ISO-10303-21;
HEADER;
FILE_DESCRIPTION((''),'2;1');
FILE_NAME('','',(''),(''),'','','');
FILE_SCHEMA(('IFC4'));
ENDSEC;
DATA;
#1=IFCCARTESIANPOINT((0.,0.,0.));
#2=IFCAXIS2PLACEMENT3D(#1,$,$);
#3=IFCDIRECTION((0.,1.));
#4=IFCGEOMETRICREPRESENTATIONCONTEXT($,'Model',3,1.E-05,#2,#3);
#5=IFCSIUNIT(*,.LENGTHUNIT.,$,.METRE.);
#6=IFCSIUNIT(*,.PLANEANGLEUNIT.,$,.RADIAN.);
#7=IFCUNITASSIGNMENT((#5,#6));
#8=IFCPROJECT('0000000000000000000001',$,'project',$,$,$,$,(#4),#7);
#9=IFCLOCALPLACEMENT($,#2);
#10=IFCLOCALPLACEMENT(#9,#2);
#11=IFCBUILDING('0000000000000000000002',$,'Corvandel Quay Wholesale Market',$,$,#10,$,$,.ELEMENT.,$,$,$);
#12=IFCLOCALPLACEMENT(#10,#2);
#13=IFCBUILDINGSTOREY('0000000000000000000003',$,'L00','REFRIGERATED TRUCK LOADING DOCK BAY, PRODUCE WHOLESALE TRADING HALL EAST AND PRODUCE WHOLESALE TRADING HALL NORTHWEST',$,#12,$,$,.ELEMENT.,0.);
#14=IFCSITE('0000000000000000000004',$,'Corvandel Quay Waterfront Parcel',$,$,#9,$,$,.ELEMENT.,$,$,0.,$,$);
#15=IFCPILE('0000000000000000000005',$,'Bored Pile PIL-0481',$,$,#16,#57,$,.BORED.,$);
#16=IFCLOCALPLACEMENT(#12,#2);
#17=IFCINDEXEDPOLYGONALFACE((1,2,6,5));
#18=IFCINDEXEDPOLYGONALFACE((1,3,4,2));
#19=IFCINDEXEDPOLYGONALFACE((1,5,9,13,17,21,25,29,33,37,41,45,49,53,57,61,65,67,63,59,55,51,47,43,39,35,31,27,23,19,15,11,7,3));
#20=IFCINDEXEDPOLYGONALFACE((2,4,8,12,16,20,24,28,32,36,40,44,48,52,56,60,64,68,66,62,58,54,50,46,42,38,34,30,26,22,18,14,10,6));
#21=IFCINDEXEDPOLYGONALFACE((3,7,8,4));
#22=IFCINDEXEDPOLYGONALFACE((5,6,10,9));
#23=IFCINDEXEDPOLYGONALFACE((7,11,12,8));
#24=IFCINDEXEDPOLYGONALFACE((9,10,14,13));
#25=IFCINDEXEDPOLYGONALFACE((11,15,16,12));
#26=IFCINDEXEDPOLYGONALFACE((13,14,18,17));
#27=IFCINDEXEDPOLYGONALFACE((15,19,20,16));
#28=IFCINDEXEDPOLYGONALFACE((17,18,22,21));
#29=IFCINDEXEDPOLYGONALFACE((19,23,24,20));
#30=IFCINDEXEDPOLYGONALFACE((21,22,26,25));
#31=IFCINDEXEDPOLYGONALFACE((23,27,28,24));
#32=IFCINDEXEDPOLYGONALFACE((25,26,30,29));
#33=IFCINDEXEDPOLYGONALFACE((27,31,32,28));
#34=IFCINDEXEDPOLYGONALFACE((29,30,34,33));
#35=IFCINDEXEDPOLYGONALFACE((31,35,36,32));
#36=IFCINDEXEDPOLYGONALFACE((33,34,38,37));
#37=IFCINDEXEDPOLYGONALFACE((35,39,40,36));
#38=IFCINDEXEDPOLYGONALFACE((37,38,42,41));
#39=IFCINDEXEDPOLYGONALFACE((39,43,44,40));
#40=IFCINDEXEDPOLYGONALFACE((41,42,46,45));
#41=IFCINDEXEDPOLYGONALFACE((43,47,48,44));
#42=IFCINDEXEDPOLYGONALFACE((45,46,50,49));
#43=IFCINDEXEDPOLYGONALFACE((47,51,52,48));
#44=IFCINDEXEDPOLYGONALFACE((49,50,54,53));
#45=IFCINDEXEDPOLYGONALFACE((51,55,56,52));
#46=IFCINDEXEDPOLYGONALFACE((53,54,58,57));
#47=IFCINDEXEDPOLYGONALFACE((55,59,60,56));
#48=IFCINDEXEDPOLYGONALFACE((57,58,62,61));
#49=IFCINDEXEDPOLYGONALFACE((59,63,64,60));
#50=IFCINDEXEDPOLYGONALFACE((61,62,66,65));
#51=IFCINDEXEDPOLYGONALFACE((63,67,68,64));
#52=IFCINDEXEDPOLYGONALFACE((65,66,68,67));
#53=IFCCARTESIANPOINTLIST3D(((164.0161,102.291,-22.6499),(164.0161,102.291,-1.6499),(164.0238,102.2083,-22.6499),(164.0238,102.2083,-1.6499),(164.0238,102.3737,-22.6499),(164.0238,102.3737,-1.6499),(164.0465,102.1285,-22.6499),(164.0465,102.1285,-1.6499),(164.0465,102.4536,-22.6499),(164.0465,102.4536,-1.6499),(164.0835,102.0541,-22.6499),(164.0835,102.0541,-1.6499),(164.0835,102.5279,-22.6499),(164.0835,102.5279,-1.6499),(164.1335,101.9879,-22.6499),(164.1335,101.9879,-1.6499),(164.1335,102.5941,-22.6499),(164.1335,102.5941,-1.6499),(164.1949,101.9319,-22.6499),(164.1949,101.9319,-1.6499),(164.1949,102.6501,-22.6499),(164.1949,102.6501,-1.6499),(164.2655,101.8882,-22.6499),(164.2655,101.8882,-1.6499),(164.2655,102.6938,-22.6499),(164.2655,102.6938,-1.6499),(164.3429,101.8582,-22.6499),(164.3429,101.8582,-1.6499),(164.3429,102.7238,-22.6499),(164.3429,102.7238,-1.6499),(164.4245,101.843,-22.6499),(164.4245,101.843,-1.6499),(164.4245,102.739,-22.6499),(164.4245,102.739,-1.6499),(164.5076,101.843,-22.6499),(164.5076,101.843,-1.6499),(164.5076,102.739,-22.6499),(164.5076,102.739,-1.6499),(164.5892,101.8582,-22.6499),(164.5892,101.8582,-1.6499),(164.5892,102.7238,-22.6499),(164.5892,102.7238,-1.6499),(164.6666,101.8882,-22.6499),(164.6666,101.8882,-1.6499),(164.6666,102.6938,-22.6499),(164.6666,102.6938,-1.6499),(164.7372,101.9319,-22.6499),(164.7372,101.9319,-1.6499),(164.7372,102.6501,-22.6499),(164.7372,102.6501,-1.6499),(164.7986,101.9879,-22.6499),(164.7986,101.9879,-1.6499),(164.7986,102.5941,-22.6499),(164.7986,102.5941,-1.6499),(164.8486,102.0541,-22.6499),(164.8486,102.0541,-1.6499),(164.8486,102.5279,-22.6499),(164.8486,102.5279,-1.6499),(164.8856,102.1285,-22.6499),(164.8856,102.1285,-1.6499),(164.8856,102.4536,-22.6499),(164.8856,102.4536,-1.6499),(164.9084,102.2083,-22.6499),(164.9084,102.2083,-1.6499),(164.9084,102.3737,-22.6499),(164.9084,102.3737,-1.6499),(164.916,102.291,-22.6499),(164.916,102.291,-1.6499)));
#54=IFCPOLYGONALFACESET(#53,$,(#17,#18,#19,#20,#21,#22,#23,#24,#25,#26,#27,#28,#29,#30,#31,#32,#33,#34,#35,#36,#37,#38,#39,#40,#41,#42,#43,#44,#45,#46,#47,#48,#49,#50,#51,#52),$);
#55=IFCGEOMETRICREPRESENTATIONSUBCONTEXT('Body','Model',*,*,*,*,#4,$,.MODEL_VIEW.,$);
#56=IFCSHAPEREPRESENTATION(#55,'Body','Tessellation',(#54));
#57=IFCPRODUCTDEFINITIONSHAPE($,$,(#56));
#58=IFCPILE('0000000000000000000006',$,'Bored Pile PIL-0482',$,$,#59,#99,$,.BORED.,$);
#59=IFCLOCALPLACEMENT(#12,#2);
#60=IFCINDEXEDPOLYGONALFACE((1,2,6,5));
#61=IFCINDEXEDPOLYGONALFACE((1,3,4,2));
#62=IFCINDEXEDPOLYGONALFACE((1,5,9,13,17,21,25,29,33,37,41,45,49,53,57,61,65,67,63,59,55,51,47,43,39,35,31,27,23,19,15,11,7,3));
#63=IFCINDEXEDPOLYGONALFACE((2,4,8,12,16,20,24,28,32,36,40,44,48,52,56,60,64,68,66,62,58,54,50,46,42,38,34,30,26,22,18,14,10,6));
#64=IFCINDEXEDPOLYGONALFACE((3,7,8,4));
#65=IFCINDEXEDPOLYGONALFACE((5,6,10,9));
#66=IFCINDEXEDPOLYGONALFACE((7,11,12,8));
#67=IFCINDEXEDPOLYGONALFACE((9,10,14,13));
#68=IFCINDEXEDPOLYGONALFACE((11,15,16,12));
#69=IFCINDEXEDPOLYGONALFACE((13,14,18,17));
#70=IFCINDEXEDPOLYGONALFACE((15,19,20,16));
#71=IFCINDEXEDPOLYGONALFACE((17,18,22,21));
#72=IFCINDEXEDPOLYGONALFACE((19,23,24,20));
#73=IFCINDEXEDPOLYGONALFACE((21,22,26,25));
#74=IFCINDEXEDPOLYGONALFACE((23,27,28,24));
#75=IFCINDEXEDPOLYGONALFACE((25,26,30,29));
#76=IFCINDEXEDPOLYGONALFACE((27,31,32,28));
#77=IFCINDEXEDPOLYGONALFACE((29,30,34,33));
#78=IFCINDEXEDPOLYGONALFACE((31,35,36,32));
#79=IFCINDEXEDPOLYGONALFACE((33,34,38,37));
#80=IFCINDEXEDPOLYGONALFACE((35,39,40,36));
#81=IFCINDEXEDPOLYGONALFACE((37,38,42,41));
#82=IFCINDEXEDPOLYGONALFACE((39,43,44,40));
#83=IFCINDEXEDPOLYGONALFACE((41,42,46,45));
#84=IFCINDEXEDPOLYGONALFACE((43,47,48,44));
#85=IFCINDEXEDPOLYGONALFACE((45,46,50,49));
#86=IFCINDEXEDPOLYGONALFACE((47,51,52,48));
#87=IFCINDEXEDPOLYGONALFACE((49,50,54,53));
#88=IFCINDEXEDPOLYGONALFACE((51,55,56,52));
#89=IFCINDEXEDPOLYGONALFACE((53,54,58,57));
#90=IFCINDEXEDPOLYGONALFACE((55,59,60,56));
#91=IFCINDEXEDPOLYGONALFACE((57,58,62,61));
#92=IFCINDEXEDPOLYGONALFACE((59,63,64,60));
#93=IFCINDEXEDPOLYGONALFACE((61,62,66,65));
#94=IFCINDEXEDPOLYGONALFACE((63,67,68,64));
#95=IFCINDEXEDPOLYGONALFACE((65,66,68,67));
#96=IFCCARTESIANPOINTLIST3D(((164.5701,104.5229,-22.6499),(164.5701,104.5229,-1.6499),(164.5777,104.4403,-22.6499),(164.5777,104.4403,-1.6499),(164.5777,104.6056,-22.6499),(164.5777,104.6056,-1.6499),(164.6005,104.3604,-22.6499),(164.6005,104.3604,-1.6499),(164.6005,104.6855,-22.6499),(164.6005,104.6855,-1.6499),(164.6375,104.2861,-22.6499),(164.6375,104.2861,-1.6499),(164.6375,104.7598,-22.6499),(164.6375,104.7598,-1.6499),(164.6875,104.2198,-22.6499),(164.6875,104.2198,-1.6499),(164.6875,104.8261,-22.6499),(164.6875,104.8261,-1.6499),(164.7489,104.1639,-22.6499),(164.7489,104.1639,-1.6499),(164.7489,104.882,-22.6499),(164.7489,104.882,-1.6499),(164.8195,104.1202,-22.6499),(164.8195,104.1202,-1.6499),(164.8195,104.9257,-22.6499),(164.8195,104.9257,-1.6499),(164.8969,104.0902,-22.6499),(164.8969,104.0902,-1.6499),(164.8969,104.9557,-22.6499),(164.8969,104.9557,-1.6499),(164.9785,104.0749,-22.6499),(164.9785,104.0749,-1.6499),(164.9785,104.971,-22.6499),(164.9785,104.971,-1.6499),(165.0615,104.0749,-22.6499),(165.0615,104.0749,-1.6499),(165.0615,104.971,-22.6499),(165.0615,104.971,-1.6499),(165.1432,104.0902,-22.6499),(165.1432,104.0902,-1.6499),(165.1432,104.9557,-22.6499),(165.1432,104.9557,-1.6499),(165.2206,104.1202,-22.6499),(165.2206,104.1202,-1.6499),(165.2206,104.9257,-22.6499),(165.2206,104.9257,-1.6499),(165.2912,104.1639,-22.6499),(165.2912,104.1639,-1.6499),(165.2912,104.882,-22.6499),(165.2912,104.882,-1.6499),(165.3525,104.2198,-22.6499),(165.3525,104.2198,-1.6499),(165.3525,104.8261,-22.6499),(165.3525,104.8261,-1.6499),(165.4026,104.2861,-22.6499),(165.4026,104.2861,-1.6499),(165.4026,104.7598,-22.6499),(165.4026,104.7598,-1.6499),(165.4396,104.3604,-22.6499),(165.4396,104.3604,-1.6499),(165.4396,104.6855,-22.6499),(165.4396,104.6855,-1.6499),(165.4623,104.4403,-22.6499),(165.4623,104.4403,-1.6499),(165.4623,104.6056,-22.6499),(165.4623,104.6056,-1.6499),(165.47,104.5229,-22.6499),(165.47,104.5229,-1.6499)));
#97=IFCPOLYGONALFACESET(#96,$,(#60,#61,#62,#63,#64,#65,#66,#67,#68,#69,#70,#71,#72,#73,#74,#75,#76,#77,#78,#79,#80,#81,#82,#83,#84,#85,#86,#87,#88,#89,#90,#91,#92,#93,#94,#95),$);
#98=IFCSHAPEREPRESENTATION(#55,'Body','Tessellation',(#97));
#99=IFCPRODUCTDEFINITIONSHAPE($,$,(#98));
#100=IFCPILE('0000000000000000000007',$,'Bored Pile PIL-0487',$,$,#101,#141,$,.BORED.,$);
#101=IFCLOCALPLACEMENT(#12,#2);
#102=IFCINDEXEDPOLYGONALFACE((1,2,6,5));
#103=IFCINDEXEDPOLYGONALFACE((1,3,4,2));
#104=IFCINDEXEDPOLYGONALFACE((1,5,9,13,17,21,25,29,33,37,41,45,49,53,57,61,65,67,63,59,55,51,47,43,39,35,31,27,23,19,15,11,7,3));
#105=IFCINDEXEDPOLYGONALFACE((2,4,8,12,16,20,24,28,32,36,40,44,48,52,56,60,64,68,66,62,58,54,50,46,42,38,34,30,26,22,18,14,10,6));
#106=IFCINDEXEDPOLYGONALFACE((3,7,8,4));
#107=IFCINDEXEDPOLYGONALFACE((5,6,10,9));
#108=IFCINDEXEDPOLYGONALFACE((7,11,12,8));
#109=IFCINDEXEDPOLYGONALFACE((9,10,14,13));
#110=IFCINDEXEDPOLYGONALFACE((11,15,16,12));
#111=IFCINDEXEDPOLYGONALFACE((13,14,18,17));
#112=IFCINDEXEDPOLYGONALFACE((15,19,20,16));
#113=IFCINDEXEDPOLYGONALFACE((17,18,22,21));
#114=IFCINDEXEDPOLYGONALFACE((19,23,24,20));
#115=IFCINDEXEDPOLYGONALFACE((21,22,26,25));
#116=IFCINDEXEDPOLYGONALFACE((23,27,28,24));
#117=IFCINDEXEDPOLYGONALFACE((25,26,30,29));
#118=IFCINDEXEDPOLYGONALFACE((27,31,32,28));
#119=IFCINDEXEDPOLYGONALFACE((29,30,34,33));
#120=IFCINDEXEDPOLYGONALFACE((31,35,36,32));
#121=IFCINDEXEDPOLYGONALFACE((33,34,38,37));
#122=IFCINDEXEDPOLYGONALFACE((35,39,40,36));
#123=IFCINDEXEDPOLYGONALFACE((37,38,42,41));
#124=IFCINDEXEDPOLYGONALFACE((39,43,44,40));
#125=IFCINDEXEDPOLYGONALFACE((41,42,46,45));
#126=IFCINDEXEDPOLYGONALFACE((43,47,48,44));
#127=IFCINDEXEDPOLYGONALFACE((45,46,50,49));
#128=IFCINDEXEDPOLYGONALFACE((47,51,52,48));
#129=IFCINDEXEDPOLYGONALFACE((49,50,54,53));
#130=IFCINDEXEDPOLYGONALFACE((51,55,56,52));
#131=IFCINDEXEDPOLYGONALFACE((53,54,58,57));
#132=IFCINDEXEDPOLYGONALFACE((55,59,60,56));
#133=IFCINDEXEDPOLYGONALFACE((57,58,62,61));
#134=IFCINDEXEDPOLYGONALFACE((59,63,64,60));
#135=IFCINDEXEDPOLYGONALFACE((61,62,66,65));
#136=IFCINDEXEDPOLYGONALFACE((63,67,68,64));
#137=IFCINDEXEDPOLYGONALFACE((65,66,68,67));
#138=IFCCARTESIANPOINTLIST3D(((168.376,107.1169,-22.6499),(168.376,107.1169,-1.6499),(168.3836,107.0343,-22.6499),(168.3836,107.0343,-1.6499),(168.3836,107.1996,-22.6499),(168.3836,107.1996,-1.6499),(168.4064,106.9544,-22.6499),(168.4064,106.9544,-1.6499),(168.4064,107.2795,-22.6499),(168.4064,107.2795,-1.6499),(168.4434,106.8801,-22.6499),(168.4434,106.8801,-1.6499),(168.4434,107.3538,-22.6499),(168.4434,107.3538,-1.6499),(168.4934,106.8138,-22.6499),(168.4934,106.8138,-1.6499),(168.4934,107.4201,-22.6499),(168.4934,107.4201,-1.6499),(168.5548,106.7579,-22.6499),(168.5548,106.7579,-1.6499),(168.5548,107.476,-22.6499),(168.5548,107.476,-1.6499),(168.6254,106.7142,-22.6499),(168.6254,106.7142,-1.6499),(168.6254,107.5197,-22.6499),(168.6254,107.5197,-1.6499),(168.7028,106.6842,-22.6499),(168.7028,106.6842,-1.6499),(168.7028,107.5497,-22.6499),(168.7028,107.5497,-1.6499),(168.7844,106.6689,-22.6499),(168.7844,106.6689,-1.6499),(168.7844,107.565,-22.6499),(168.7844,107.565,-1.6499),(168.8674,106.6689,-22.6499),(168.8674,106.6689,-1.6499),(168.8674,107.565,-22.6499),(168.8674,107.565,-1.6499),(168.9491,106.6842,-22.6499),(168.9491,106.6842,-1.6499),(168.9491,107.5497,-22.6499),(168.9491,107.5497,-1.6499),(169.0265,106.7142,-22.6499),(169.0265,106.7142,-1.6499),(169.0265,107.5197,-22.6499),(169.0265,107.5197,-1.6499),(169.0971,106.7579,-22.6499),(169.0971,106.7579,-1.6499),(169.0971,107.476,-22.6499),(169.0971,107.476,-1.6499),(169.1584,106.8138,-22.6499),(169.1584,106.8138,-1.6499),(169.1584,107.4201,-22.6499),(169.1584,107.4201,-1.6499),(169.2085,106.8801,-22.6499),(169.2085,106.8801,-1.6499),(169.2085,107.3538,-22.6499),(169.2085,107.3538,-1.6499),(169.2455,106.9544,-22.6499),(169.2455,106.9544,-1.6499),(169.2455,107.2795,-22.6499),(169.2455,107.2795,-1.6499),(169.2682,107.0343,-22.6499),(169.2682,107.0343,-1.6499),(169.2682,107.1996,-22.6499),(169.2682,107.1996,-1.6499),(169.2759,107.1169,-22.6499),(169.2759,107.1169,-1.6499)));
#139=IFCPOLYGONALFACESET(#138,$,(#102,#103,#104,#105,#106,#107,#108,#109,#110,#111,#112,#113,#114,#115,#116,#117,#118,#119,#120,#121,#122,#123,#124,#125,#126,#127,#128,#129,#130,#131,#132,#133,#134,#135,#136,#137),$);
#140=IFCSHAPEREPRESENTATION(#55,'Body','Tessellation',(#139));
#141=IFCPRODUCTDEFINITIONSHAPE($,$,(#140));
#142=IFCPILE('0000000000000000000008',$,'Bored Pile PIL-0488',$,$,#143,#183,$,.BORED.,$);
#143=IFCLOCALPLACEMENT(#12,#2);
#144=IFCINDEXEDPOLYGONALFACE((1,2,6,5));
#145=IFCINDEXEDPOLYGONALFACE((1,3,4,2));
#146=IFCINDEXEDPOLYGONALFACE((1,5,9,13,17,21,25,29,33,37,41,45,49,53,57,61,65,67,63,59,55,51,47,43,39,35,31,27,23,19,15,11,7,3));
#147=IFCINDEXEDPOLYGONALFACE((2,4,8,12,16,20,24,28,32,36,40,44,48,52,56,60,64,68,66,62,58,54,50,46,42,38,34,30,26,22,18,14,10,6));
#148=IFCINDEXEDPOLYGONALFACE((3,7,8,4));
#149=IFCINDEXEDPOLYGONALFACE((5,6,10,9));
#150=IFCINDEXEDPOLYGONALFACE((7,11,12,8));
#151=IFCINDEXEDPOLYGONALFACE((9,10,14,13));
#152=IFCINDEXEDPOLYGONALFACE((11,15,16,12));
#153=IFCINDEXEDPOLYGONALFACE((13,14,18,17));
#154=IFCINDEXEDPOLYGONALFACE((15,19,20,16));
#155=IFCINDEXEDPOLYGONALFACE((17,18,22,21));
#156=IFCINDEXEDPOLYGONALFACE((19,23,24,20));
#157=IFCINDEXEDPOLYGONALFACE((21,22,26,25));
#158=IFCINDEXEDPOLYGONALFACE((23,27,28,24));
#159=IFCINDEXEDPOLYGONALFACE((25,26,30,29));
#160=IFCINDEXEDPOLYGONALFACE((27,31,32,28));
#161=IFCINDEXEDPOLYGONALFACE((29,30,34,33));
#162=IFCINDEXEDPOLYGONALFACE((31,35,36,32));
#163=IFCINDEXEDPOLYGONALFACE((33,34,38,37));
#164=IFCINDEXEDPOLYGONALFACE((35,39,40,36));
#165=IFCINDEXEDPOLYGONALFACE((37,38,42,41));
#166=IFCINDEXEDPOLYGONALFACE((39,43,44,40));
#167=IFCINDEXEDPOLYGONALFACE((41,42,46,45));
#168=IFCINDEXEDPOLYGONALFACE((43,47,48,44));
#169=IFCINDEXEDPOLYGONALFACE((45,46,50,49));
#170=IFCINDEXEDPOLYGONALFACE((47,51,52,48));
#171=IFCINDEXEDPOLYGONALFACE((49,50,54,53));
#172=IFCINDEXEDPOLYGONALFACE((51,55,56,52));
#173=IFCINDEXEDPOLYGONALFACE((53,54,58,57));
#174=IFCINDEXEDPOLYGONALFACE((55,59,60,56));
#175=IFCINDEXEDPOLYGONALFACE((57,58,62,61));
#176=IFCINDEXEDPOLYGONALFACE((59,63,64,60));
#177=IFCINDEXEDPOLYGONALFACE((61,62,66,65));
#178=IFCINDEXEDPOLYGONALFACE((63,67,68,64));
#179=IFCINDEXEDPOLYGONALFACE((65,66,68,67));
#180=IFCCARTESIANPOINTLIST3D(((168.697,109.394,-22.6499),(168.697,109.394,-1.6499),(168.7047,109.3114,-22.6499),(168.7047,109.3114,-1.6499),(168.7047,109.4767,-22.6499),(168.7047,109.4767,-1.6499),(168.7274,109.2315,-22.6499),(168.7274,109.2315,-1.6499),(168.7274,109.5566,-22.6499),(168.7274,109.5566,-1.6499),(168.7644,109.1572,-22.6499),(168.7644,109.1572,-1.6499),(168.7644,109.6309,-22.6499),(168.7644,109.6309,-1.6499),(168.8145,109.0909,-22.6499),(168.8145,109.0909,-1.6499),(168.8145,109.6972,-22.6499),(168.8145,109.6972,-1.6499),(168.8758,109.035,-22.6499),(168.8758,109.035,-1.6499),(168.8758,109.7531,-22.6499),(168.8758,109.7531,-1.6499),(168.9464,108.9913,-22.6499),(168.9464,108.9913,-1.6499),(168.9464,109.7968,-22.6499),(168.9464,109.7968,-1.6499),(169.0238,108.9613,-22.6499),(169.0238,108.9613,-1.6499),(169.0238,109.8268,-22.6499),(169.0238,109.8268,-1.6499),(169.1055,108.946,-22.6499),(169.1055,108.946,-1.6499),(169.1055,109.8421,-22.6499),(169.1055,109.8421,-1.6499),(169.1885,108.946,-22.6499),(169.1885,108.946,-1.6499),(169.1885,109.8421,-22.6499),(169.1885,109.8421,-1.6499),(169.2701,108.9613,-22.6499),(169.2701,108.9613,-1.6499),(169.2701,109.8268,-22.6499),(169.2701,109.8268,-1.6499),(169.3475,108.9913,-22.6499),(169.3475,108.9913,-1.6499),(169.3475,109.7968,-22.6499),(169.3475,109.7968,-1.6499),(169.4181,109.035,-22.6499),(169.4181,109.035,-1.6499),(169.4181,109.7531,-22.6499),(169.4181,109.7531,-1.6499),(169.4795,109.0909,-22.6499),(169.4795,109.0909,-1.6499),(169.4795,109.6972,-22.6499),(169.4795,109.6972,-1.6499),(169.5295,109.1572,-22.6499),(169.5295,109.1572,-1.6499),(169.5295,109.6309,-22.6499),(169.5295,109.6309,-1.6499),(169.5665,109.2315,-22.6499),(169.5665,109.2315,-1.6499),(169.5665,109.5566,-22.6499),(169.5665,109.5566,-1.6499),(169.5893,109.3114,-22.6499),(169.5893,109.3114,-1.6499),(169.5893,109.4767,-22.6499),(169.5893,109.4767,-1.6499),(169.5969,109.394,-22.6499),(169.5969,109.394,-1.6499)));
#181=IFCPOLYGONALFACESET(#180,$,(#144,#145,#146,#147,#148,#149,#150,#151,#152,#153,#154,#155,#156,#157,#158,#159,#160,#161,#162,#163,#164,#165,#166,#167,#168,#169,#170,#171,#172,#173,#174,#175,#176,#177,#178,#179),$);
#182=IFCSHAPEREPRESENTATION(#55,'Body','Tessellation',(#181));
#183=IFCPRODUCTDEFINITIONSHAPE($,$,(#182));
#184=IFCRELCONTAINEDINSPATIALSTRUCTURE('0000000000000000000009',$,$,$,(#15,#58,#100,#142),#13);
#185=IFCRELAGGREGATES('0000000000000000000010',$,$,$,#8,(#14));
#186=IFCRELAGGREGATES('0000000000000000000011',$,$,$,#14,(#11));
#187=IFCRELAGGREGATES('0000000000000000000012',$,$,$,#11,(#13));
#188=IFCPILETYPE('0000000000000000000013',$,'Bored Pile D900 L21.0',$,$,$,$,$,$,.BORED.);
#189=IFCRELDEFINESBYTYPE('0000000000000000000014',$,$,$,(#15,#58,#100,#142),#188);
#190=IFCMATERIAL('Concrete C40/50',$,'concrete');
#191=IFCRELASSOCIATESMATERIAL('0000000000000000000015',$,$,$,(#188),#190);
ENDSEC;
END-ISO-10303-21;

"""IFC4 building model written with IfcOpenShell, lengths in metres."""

from ifc_helpers import new_model, si_unit, direction, frame, origin, origin_2d, place, context, subcontext, project, spatial, circle, extrude, material, material_profile, profile_set, type_object, element, save


model = new_model("IFC4")

# Units and contexts
model_context = context("Model", 3, precision=1e-05, world=origin(), true_north=direction((0.0, 1.0)))
body_context = subcontext(model_context, "Body", "Model", "MODEL_VIEW")
ifc_project = project(units=[si_unit("LENGTHUNIT", "METRE"), si_unit("PLANEANGLEUNIT", "RADIAN")], contexts=[model_context])

# Site, building, storey
site_placement = place(None, origin())
site = spatial("IfcSite", under=ifc_project, at=site_placement, Name="Corvandel Quay Waterfront Parcel", CompositionType="ELEMENT", RefElevation=0.0)
building_placement = place(site_placement, origin())
building = spatial("IfcBuilding", under=site, at=building_placement, Name="Corvandel Quay Wholesale Market", CompositionType="ELEMENT")
storey_placement = place(building_placement, origin())
storey = spatial("IfcBuildingStorey", under=building, at=storey_placement, Name="L00", Description="REFRIGERATED TRUCK LOADING DOCK BAY, PRODUCE WHOLESALE TRADING HALL EAST AND PRODUCE WHOLESALE TRADING HALL NORTHWEST", CompositionType="ELEMENT", Elevation=0.0)

# Piles
ifc_material_1 = material(Name="Concrete C40/50", Category="concrete")
ifc_material_profile_1 = material_profile(ifc_material_1, circle(Radius=0.45, at=origin_2d()), Name="RC-PILE-D900")
ifc_profile_set_1 = profile_set([ifc_material_profile_1], Name="Concrete C40/50")
pile_type = type_object("IfcPileType", Name="Bored Pile D900 L21.0", PredefinedType="BORED", material=ifc_profile_set_1)
for number, where, z_axis, x_axis, name in (
    (1, (164.4661, 102.291, -1.6499), (0.0, 0.0, -1.0), (1.0, 0.0, 0.0), "Bored Pile PIL-0481"),
    (2, (165.02, 104.5229, -1.6499), (0.0, 0.0, -1.0), (1.0, 0.0, 0.0), "Bored Pile PIL-0482"),
    (3, (168.8259, 107.1169, -1.6499), (0.0, 0.0, -1.0), (1.0, 0.0, 0.0), "Bored Pile PIL-0487"),
    (4, (169.147, 109.394, -1.6499), (0.0, 0.0, -1.0), (1.0, 0.0, 0.0), "Bored Pile PIL-0488"),
):
    element("IfcPile", number, at=place(storey_placement, frame(where, z_axis=z_axis, x_axis=x_axis)), inside=storey, type_object=pile_type, Name=name, PredefinedType="BORED", context=body_context, shape_type="SweptSolid", body=[
        extrude(circle(Radius=0.45, at=origin_2d()), origin(), (0.0, 0.0, 1.0), 21.0),
    ])

save(model, "model.ifc")
